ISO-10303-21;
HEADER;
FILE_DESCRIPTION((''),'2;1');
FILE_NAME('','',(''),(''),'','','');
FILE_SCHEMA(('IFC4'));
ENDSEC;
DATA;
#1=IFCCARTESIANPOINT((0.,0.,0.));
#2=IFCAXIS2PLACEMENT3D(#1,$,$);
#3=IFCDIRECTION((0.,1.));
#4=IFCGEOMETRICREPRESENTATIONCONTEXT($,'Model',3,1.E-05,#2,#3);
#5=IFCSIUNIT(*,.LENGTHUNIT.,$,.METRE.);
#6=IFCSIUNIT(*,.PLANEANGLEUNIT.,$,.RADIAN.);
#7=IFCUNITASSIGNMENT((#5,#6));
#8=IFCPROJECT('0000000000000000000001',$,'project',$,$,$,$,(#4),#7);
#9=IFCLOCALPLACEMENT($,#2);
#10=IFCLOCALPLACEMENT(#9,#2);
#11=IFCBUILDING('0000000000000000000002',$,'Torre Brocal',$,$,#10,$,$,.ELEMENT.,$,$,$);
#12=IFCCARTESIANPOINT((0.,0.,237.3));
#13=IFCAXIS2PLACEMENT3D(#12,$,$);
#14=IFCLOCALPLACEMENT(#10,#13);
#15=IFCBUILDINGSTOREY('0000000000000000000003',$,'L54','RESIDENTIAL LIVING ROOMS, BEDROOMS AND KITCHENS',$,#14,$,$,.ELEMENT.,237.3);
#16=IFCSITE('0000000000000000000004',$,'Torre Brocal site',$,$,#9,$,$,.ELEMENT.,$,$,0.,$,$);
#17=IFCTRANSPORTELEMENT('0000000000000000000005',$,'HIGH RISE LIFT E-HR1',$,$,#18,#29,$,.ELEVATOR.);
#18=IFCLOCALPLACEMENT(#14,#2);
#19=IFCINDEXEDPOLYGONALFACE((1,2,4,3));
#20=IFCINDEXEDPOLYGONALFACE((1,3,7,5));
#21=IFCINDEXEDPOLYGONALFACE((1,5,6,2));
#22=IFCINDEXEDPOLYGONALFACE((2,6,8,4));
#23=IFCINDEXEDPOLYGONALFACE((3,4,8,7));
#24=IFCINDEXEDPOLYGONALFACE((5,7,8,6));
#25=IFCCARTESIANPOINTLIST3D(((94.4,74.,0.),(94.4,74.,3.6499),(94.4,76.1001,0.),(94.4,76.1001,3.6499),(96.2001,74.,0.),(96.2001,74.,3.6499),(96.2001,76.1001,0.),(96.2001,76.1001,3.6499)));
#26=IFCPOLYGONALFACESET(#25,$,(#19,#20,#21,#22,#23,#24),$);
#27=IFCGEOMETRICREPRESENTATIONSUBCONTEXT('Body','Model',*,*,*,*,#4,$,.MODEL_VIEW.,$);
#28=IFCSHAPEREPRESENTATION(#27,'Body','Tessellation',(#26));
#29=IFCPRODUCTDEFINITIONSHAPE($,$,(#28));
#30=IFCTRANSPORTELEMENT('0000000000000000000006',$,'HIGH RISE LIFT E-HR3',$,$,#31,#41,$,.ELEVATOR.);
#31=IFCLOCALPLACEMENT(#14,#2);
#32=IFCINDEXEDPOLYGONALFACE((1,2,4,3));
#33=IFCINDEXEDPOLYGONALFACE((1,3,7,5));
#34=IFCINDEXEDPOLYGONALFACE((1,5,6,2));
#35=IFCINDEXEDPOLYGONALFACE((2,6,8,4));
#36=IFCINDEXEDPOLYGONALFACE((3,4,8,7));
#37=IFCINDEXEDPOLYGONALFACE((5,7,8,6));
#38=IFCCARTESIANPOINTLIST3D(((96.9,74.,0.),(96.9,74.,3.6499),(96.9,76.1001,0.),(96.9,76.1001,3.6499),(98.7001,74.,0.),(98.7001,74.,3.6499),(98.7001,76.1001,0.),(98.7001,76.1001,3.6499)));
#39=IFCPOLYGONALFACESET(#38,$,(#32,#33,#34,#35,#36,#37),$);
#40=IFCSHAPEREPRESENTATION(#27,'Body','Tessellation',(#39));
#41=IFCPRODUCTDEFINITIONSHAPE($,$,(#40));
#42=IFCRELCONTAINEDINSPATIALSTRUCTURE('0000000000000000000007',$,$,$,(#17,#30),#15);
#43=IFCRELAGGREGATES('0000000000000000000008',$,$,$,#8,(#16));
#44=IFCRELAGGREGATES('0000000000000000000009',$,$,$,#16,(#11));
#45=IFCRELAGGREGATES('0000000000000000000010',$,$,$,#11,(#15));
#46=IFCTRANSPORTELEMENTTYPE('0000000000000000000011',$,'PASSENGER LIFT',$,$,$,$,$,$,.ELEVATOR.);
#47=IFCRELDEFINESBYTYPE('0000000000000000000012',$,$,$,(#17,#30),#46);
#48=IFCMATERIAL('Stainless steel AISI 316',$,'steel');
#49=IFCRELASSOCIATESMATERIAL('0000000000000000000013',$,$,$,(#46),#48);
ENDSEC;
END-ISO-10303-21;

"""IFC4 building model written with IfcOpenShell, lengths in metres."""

from ifc_helpers import new_model, si_unit, direction, frame, origin, origin_2d, place, context, subcontext, project, spatial, rectangle, extrude, material, type_object, element, save


model = new_model("IFC4")

# Units and contexts
model_context = context("Model", 3, precision=1e-05, world=origin(), true_north=direction((0.0, 1.0)))
body_context = subcontext(model_context, "Body", "Model", "MODEL_VIEW")
ifc_project = project(units=[si_unit("LENGTHUNIT", "METRE"), si_unit("PLANEANGLEUNIT", "RADIAN")], contexts=[model_context])

# Site, building, storey
site_placement = place(None, origin())
site = spatial("IfcSite", under=ifc_project, at=site_placement, Name="Torre Brocal site", CompositionType="ELEMENT", RefElevation=0.0)
building_placement = place(site_placement, origin())
building = spatial("IfcBuilding", under=site, at=building_placement, Name="Torre Brocal", CompositionType="ELEMENT")
storey_placement = place(building_placement, frame((0.0, 0.0, 237.3)))
storey = spatial("IfcBuildingStorey", under=building, at=storey_placement, Name="L54", Description="RESIDENTIAL LIVING ROOMS, BEDROOMS AND KITCHENS", CompositionType="ELEMENT", Elevation=237.3)

# Transport elements
ifc_material_1 = material(Name="Stainless steel AISI 316", Category="steel")
transport_element_type = type_object("IfcTransportElementType", Name="PASSENGER LIFT", PredefinedType="ELEVATOR", material=ifc_material_1)
for number, where, z_axis, x_axis, name in (
    (1, (95.3, 75.05, 0.0), (0.0, 0.0, 1.0), (1.0, 0.0, 0.0), "HIGH RISE LIFT E-HR1"),
    (2, (97.8, 75.05, 0.0), (0.0, 0.0, 1.0), (1.0, 0.0, 0.0), "HIGH RISE LIFT E-HR3"),
):
    element("IfcTransportElement", number, at=place(storey_placement, frame(where, z_axis=z_axis, x_axis=x_axis)), inside=storey, type_object=transport_element_type, Name=name, PredefinedType="ELEVATOR", context=body_context, shape_type="SweptSolid", body=[
        extrude(rectangle(XDim=1.8, YDim=2.1001, at=origin_2d()), origin(), (0.0, 0.0, 1.0), 3.6499),
    ])

save(model, "model.ifc")
